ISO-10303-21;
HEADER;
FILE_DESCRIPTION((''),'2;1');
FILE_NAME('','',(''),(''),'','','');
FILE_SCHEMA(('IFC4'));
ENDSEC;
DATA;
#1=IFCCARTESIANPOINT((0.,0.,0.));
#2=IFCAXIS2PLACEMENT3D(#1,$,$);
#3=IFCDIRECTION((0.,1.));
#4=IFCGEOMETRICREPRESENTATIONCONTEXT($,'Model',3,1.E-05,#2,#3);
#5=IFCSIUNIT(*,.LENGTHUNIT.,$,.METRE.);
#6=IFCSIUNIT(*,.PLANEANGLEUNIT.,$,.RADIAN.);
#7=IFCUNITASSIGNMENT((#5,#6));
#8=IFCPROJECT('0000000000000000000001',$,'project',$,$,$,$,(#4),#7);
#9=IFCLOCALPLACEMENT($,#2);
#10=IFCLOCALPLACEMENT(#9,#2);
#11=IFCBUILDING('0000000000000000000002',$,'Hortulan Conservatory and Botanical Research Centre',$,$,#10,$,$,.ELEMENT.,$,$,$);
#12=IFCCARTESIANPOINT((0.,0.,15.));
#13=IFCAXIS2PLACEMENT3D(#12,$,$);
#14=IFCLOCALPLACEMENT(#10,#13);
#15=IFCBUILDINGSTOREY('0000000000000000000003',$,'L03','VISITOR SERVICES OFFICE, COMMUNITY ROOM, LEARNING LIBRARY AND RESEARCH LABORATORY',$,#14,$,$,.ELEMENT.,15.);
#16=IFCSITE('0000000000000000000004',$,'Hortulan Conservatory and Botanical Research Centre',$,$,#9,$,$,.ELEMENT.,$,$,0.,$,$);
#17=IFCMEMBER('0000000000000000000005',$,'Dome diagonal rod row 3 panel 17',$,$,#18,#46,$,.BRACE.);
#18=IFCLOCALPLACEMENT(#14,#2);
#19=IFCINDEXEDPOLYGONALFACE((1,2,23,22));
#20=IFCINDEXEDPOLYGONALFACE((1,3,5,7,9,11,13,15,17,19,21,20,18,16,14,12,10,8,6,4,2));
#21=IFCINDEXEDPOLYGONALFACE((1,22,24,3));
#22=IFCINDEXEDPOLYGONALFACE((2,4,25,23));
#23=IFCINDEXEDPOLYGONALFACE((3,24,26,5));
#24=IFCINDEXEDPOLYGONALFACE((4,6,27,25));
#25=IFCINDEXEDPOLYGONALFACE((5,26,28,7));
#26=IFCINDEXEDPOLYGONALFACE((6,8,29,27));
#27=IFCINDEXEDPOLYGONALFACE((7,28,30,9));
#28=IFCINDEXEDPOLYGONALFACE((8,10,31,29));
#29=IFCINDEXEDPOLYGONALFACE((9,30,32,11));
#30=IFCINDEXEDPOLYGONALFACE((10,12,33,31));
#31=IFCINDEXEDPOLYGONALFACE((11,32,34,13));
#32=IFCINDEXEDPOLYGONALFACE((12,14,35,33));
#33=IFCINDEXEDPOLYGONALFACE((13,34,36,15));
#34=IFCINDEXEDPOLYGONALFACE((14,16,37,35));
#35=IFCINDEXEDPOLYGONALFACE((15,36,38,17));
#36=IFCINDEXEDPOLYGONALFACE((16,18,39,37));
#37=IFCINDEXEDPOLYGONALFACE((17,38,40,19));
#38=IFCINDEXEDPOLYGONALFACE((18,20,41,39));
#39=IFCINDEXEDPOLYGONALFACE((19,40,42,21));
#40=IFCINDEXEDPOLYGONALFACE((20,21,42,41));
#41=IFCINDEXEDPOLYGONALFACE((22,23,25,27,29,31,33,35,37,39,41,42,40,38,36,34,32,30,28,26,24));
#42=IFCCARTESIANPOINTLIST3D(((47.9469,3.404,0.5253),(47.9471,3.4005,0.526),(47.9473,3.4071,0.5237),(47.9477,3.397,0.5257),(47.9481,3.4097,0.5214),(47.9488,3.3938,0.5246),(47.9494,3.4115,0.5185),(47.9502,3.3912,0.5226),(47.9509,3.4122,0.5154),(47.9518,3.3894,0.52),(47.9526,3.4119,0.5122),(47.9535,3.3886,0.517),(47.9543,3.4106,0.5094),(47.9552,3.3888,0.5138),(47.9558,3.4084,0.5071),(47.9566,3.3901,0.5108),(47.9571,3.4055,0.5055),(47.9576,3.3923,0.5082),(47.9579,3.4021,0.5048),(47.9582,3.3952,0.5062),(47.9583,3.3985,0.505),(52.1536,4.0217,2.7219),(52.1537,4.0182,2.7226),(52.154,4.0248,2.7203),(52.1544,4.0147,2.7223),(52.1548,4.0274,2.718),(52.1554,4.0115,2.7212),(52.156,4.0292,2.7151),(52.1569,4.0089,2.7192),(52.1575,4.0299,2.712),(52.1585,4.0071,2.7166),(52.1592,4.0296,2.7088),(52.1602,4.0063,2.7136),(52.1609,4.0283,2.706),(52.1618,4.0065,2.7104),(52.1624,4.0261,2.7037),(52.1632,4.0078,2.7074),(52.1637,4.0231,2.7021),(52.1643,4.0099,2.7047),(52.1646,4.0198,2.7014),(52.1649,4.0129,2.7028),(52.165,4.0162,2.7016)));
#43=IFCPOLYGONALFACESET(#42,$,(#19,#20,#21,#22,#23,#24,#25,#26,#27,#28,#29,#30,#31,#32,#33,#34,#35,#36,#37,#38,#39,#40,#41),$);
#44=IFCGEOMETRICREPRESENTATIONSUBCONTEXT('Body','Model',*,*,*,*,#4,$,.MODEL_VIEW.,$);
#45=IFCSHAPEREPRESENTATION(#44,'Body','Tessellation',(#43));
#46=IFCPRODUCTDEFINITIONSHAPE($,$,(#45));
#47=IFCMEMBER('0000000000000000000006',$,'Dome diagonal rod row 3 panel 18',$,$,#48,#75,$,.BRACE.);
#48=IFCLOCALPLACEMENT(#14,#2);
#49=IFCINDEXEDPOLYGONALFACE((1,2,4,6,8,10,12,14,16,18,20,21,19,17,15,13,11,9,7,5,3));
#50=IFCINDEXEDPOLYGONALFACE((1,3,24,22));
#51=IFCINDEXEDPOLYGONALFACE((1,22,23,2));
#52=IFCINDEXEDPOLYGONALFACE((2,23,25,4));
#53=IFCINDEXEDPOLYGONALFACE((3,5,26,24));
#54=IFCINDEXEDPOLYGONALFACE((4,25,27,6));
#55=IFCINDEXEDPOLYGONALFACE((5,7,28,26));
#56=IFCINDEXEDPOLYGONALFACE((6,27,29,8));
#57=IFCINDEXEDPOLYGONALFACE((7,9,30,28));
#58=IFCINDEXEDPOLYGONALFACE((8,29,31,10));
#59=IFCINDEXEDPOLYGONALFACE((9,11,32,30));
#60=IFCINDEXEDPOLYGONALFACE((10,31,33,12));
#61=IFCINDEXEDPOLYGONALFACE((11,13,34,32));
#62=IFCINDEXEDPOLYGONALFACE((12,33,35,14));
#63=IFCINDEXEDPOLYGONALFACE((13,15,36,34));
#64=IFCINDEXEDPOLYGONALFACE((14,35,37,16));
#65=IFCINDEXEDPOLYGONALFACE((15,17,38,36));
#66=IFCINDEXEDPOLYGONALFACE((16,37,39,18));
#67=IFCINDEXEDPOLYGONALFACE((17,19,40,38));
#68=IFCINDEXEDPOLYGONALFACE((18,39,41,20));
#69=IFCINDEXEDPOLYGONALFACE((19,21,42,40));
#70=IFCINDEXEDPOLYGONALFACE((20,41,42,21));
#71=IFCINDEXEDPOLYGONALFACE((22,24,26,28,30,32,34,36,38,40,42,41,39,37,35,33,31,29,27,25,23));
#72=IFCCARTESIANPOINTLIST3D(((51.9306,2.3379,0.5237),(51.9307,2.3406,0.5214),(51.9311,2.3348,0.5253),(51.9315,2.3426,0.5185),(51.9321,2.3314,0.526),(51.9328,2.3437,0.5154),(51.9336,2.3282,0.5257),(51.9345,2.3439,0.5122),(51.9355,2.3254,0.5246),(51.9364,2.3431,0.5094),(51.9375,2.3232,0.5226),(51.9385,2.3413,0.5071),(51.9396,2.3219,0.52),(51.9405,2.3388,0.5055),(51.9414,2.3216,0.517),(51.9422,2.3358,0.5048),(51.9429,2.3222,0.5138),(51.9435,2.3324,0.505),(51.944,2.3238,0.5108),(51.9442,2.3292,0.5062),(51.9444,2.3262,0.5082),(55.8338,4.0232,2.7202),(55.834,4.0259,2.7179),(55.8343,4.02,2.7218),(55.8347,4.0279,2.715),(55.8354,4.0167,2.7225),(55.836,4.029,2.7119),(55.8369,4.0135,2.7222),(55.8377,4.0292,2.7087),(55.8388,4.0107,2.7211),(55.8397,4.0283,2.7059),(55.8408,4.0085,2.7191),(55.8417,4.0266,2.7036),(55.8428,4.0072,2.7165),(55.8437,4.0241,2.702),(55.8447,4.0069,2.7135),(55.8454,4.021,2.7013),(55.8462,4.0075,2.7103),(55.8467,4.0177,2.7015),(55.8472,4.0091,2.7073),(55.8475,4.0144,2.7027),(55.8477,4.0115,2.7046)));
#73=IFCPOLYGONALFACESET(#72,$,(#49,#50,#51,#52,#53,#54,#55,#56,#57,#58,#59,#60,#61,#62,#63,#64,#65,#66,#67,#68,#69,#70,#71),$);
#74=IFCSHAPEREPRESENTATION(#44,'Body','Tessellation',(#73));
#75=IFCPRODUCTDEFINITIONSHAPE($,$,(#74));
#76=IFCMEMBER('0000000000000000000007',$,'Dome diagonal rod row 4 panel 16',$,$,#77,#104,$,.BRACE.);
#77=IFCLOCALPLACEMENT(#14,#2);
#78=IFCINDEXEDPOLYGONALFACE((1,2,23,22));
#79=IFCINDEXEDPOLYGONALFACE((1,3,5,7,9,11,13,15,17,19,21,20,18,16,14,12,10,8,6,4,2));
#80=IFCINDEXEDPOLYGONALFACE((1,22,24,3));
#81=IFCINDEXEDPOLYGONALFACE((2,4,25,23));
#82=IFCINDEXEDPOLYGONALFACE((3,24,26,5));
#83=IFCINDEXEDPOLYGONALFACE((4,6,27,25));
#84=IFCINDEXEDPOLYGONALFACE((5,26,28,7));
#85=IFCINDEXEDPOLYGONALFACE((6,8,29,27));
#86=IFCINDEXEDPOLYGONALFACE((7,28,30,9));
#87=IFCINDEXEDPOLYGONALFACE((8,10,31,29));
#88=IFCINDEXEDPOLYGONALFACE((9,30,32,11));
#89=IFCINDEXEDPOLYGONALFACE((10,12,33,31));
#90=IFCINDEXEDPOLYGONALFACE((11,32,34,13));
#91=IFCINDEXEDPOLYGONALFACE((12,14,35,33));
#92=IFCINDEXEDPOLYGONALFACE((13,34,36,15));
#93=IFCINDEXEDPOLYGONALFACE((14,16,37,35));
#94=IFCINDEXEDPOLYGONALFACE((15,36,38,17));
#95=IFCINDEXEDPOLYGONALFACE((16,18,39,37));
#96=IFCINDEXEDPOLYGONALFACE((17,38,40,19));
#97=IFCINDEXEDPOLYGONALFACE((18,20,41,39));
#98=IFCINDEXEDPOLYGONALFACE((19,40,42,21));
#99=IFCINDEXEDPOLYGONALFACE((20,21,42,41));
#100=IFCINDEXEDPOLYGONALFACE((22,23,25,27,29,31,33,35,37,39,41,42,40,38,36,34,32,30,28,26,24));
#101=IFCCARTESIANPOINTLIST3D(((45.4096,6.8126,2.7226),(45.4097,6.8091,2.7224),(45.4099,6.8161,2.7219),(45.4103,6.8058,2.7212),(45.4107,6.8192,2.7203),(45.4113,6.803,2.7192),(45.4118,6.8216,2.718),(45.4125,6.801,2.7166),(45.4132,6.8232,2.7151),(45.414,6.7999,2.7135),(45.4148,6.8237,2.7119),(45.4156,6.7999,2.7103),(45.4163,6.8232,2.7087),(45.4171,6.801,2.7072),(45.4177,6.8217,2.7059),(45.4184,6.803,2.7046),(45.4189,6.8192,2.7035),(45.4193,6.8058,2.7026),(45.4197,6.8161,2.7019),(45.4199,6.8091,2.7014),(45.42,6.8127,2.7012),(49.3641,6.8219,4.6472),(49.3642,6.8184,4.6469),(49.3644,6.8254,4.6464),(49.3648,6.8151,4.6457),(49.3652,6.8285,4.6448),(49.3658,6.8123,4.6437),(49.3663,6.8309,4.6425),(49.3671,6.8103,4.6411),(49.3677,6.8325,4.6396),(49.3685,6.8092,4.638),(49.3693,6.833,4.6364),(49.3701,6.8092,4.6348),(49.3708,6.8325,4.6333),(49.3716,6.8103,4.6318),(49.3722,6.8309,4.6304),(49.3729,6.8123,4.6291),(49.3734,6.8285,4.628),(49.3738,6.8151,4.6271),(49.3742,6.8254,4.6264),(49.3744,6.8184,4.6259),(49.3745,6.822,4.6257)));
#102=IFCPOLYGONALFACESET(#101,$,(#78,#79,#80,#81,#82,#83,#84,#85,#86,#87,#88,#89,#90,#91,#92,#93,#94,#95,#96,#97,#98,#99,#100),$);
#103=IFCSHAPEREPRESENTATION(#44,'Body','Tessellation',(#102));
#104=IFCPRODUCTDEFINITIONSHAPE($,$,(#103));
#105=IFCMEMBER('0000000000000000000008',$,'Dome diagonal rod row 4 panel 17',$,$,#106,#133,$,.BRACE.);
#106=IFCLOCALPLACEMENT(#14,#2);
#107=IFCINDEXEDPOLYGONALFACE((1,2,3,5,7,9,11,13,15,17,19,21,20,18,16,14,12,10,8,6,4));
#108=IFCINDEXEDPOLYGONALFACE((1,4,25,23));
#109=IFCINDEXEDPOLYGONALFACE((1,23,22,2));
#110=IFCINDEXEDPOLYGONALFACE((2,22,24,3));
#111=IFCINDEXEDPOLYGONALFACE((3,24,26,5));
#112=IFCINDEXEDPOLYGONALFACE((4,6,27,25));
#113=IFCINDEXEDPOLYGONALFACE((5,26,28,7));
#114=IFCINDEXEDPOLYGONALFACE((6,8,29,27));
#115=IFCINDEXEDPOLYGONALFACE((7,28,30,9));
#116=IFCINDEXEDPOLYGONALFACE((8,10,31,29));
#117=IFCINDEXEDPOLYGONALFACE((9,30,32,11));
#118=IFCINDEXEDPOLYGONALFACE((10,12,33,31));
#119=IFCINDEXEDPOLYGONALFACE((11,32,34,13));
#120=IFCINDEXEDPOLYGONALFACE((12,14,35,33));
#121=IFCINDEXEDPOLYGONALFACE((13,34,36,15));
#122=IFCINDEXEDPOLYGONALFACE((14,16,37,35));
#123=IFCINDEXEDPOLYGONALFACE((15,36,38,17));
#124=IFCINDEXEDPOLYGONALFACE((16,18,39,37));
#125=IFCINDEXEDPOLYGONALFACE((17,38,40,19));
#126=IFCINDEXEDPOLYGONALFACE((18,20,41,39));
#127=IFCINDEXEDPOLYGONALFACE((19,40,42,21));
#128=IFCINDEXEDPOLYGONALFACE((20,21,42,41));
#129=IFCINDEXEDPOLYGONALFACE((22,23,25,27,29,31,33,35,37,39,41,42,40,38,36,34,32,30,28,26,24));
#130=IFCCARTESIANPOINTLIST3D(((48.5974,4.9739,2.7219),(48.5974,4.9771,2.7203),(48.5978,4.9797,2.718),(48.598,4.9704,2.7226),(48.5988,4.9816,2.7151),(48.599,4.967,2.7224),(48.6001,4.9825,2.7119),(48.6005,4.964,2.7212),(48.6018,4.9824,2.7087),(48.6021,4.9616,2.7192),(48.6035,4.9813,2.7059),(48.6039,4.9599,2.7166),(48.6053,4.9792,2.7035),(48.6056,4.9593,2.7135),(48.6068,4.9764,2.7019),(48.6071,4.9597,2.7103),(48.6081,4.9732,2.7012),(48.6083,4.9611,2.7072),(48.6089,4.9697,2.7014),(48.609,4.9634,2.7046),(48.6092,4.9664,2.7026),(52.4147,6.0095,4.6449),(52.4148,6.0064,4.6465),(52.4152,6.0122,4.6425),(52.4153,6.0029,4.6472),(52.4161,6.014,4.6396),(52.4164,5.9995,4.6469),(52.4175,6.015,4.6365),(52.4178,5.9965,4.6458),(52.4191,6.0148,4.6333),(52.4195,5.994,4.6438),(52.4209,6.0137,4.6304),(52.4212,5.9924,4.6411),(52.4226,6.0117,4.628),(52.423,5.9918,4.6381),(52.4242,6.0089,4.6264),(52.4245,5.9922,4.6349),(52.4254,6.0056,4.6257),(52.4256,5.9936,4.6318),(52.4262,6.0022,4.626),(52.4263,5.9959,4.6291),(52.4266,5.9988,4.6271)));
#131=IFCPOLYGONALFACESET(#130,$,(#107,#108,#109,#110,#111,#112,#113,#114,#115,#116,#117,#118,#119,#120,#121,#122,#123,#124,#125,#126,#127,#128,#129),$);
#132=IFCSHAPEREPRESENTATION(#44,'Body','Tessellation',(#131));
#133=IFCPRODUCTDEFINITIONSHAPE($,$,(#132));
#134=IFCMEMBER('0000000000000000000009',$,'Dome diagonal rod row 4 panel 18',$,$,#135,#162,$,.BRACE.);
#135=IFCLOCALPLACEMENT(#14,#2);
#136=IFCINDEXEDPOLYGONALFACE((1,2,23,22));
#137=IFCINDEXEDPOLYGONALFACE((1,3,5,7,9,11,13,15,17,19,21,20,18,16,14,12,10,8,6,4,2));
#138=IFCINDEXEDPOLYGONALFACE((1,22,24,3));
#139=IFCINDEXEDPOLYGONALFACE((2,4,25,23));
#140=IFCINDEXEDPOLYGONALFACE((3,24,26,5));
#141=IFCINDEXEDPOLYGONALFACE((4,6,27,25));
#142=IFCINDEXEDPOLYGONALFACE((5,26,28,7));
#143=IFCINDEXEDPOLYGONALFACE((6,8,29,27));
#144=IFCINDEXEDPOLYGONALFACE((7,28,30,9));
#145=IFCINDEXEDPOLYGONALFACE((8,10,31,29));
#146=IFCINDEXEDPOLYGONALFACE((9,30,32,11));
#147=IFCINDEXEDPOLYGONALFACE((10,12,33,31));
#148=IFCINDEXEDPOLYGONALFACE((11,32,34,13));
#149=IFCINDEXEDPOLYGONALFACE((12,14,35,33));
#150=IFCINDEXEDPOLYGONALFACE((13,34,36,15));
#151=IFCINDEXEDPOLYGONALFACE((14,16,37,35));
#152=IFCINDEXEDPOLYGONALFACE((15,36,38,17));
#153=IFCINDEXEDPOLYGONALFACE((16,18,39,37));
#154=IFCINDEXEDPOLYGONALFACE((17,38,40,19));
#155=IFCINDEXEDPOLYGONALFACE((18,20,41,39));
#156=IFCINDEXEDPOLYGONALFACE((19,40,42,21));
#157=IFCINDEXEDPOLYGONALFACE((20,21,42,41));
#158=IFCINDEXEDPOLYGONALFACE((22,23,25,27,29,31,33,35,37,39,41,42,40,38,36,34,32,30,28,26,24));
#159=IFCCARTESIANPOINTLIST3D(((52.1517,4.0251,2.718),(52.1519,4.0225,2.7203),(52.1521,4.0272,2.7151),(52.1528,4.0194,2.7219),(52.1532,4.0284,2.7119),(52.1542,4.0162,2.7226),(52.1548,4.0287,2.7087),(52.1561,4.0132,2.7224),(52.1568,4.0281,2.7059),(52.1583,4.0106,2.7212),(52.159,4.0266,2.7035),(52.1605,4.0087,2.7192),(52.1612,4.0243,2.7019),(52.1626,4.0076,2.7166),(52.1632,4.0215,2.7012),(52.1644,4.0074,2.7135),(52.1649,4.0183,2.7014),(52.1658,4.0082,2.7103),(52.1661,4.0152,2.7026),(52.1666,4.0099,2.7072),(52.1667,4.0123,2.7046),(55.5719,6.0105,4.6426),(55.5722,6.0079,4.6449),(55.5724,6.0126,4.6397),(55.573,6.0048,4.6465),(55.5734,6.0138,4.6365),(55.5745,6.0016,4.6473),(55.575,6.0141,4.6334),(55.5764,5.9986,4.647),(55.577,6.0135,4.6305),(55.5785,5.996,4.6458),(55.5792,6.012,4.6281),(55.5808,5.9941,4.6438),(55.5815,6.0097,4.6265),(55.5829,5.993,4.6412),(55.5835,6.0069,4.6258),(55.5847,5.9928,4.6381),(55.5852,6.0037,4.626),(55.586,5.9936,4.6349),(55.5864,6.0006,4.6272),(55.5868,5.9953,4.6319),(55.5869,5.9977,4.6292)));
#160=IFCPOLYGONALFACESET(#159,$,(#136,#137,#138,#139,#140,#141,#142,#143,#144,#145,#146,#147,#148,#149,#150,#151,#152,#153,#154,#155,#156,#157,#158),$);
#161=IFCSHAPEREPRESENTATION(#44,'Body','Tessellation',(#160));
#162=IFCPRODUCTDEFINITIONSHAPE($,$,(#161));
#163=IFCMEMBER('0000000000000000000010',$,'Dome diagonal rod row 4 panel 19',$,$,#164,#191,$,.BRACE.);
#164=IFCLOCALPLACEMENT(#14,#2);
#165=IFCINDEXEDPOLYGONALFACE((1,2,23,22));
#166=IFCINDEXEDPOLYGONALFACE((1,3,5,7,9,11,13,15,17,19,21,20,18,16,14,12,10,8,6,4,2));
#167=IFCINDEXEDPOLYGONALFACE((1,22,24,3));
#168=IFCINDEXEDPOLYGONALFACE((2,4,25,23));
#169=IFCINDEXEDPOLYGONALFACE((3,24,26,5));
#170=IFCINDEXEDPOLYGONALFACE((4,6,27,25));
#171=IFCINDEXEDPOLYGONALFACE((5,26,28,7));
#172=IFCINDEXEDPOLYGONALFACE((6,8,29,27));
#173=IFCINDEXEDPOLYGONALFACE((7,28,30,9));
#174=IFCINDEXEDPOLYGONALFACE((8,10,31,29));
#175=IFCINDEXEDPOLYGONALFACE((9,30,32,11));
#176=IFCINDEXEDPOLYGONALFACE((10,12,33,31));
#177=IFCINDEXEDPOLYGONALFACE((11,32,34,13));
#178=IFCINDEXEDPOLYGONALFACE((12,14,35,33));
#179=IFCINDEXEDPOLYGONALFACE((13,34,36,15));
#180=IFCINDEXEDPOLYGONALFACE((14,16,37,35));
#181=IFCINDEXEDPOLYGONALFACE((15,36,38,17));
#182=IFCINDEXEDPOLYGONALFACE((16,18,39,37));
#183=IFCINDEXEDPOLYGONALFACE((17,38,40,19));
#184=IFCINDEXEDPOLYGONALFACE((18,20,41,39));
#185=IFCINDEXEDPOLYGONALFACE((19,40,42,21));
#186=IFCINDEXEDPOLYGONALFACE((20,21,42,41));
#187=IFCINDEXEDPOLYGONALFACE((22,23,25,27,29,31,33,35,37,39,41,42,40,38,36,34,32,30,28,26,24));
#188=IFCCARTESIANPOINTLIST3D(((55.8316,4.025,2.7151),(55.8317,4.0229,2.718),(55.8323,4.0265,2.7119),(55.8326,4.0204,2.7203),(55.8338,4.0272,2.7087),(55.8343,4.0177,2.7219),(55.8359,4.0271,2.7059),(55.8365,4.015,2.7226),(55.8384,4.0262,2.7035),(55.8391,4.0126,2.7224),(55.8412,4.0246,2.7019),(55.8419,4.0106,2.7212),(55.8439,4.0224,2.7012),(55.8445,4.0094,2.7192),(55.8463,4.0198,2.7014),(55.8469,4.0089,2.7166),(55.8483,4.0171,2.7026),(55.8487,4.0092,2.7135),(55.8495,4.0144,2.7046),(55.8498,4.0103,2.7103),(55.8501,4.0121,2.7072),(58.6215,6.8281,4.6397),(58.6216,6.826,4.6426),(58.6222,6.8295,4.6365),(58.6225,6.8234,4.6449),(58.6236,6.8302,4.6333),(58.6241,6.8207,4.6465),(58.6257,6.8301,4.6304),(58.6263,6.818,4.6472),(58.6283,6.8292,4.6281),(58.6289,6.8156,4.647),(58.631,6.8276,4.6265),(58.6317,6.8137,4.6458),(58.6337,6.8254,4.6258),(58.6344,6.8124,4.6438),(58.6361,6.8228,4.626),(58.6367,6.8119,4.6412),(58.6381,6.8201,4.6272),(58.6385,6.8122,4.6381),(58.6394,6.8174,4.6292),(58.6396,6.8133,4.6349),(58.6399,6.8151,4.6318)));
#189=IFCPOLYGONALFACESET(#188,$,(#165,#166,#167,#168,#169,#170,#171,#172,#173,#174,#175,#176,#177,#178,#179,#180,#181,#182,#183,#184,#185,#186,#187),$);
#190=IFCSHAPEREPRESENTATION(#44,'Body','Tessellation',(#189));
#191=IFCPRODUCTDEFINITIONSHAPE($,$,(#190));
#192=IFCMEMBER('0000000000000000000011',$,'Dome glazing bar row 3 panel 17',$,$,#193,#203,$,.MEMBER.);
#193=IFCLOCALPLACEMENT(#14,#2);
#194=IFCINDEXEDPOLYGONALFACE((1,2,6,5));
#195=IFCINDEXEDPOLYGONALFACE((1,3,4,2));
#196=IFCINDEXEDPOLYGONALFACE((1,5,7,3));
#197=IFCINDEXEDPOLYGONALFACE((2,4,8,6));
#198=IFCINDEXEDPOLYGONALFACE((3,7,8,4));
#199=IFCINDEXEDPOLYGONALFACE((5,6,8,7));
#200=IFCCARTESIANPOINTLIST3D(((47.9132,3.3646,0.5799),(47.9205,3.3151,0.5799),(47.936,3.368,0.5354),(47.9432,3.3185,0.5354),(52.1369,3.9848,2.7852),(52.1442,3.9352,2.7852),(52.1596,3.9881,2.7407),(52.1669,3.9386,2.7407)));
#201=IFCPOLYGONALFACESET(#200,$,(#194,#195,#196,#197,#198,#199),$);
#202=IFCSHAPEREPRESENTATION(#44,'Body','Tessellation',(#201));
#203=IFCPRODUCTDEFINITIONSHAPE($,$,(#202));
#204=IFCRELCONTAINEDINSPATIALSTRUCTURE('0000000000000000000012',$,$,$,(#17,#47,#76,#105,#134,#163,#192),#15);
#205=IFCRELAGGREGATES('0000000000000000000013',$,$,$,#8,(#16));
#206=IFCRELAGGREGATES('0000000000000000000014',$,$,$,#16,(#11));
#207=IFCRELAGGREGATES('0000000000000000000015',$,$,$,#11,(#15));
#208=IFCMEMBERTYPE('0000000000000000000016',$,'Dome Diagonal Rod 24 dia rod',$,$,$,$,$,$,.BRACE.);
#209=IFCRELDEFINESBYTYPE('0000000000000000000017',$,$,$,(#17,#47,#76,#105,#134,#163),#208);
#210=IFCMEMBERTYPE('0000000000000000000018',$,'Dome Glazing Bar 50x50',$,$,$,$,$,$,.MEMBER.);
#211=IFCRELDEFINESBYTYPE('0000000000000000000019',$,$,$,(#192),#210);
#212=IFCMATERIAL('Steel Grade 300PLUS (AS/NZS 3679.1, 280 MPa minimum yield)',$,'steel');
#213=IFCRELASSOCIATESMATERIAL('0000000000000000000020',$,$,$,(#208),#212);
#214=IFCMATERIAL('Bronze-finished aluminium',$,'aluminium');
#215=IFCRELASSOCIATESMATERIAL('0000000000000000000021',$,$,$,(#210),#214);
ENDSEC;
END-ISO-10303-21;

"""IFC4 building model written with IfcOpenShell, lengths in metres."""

from ifc_helpers import new_model, si_unit, direction, frame, origin, origin_2d, place, context, subcontext, project, spatial, rectangle, circle, extrude, material, material_profile, profile_set, type_object, element, save


model = new_model("IFC4")

# Units and contexts
model_context = context("Model", 3, precision=1e-05, world=origin(), true_north=direction((0.0, 1.0)))
body_context = subcontext(model_context, "Body", "Model", "MODEL_VIEW")
ifc_project = project(units=[si_unit("LENGTHUNIT", "METRE"), si_unit("PLANEANGLEUNIT", "RADIAN")], contexts=[model_context])

# Site, building, storey
site_placement = place(None, origin())
site = spatial("IfcSite", under=ifc_project, at=site_placement, Name="Hortulan Conservatory and Botanical Research Centre", CompositionType="ELEMENT", RefElevation=0.0)
building_placement = place(site_placement, origin())
building = spatial("IfcBuilding", under=site, at=building_placement, Name="Hortulan Conservatory and Botanical Research Centre", CompositionType="ELEMENT")
storey_placement = place(building_placement, frame((0.0, 0.0, 15.0)))
storey = spatial("IfcBuildingStorey", under=building, at=storey_placement, Name="L03", Description="VISITOR SERVICES OFFICE, COMMUNITY ROOM, LEARNING LIBRARY AND RESEARCH LABORATORY", CompositionType="ELEMENT", Elevation=15.0)

# Members
ifc_material_1 = material(Name="Steel Grade 300PLUS (AS/NZS 3679.1, 280 MPa minimum yield)", Category="steel")
ifc_material_profile_1 = material_profile(ifc_material_1, circle(Radius=0.012, at=origin_2d()), Name="24 dia rod")
ifc_profile_set_1 = profile_set([ifc_material_profile_1], Name="Steel Grade 300PLUS (AS/NZS 3679.1, 280 MPa minimum yield)")
member_type_1 = type_object("IfcMemberType", Name="Dome Diagonal Rod 24 dia rod", PredefinedType="BRACE", material=ifc_profile_set_1)
member_1_placement = place(storey_placement, frame((47.9526, 3.4004, 0.5154), z_axis=(0.879013, 0.129072, 0.458995), x_axis=(-0.145279, 0.989391, 0.0)))
element("IfcMember", 1, at=member_1_placement, inside=storey, type_object=member_type_1, Name="Dome diagonal rod row 3 panel 17", PredefinedType="BRACE", context=body_context, shape_type="SweptSolid", body=[
    extrude(circle(Radius=0.012, at=origin_2d()), origin(), (0.0, 0.0, 1.0), 4.7856),
])
member_2_placement = place(storey_placement, frame((51.9375, 2.3328, 0.5154), z_axis=(0.815657, 0.352169, 0.458999), x_axis=(-0.396392, 0.918081, 0.0)))
element("IfcMember", 2, at=member_2_placement, inside=storey, type_object=member_type_1, Name="Dome diagonal rod row 3 panel 18", PredefinedType="BRACE", context=body_context, shape_type="SweptSolid", body=[
    extrude(circle(Radius=0.012, at=origin_2d()), origin(), (0.0, 0.0, 1.0), 4.7854),
])
for number, where, z_axis, x_axis, name in (
    (3, (45.4148, 6.8118, 2.7119), (0.89917, 0.002109, 0.437595), (-0.002346, 0.999997, 0.0), "Dome diagonal rod row 4 panel 16"),
    (4, (48.6033, 4.9709, 2.7119), (0.867983, 0.23476, 0.4376), (-0.261085, 0.965316, 0.0), "Dome diagonal rod row 4 panel 17"),
):
    element("IfcMember", number, at=place(storey_placement, frame(where, z_axis=z_axis, x_axis=x_axis)), inside=storey, type_object=member_type_1, Name=name, PredefinedType="BRACE", context=body_context, shape_type="SweptSolid", body=[
        extrude(circle(Radius=0.012, at=origin_2d()), origin(), (0.0, 0.0, 1.0), 4.3979),
    ])
for number, where, z_axis, x_axis, name in (
    (5, (52.1592, 4.0181, 2.7119), (0.77765, 0.451413, 0.437591), (-0.502031, 0.864849, 0.0), "Dome diagonal rod row 4 panel 18"),
    (6, (55.8408, 4.0181, 2.7119), (0.634313, 0.637311, 0.437586), (-0.708772, 0.705438, 0.0), "Dome diagonal rod row 4 panel 19"),
):
    element("IfcMember", number, at=place(storey_placement, frame(where, z_axis=z_axis, x_axis=x_axis)), inside=storey, type_object=member_type_1, Name=name, PredefinedType="BRACE", context=body_context, shape_type="SweptSolid", body=[
        extrude(circle(Radius=0.012, at=origin_2d()), origin(), (0.0, 0.0, 1.0), 4.3982),
    ])
ifc_material_2 = material(Name="Bronze-finished aluminium", Category="aluminium")
ifc_material_profile_2 = material_profile(ifc_material_2, rectangle(XDim=0.05, YDim=0.05, at=origin_2d()), Name="Square bar 50x50")
ifc_profile_set_2 = profile_set([ifc_material_profile_2], Name="Bronze-finished aluminium")
member_type_2 = type_object("IfcMemberType", Name="Dome Glazing Bar 50x50", PredefinedType="MEMBER", material=ifc_profile_set_2)
member_3_placement = place(storey_placement, frame((47.9282, 3.3416, 0.5576), z_axis=(0.879026, 0.129059, 0.458974), x_axis=(-0.145263, 0.989393, 0.0)))
element("IfcMember", 7, at=member_3_placement, inside=storey, type_object=member_type_2, Name="Dome glazing bar row 3 panel 17", PredefinedType="MEMBER", context=body_context, shape_type="SweptSolid", body=[
    extrude(rectangle(XDim=0.05, YDim=0.05, at=origin_2d()), origin(), (0.0, 0.0, 1.0), 4.8049),
])

save(model, "model.ifc")
